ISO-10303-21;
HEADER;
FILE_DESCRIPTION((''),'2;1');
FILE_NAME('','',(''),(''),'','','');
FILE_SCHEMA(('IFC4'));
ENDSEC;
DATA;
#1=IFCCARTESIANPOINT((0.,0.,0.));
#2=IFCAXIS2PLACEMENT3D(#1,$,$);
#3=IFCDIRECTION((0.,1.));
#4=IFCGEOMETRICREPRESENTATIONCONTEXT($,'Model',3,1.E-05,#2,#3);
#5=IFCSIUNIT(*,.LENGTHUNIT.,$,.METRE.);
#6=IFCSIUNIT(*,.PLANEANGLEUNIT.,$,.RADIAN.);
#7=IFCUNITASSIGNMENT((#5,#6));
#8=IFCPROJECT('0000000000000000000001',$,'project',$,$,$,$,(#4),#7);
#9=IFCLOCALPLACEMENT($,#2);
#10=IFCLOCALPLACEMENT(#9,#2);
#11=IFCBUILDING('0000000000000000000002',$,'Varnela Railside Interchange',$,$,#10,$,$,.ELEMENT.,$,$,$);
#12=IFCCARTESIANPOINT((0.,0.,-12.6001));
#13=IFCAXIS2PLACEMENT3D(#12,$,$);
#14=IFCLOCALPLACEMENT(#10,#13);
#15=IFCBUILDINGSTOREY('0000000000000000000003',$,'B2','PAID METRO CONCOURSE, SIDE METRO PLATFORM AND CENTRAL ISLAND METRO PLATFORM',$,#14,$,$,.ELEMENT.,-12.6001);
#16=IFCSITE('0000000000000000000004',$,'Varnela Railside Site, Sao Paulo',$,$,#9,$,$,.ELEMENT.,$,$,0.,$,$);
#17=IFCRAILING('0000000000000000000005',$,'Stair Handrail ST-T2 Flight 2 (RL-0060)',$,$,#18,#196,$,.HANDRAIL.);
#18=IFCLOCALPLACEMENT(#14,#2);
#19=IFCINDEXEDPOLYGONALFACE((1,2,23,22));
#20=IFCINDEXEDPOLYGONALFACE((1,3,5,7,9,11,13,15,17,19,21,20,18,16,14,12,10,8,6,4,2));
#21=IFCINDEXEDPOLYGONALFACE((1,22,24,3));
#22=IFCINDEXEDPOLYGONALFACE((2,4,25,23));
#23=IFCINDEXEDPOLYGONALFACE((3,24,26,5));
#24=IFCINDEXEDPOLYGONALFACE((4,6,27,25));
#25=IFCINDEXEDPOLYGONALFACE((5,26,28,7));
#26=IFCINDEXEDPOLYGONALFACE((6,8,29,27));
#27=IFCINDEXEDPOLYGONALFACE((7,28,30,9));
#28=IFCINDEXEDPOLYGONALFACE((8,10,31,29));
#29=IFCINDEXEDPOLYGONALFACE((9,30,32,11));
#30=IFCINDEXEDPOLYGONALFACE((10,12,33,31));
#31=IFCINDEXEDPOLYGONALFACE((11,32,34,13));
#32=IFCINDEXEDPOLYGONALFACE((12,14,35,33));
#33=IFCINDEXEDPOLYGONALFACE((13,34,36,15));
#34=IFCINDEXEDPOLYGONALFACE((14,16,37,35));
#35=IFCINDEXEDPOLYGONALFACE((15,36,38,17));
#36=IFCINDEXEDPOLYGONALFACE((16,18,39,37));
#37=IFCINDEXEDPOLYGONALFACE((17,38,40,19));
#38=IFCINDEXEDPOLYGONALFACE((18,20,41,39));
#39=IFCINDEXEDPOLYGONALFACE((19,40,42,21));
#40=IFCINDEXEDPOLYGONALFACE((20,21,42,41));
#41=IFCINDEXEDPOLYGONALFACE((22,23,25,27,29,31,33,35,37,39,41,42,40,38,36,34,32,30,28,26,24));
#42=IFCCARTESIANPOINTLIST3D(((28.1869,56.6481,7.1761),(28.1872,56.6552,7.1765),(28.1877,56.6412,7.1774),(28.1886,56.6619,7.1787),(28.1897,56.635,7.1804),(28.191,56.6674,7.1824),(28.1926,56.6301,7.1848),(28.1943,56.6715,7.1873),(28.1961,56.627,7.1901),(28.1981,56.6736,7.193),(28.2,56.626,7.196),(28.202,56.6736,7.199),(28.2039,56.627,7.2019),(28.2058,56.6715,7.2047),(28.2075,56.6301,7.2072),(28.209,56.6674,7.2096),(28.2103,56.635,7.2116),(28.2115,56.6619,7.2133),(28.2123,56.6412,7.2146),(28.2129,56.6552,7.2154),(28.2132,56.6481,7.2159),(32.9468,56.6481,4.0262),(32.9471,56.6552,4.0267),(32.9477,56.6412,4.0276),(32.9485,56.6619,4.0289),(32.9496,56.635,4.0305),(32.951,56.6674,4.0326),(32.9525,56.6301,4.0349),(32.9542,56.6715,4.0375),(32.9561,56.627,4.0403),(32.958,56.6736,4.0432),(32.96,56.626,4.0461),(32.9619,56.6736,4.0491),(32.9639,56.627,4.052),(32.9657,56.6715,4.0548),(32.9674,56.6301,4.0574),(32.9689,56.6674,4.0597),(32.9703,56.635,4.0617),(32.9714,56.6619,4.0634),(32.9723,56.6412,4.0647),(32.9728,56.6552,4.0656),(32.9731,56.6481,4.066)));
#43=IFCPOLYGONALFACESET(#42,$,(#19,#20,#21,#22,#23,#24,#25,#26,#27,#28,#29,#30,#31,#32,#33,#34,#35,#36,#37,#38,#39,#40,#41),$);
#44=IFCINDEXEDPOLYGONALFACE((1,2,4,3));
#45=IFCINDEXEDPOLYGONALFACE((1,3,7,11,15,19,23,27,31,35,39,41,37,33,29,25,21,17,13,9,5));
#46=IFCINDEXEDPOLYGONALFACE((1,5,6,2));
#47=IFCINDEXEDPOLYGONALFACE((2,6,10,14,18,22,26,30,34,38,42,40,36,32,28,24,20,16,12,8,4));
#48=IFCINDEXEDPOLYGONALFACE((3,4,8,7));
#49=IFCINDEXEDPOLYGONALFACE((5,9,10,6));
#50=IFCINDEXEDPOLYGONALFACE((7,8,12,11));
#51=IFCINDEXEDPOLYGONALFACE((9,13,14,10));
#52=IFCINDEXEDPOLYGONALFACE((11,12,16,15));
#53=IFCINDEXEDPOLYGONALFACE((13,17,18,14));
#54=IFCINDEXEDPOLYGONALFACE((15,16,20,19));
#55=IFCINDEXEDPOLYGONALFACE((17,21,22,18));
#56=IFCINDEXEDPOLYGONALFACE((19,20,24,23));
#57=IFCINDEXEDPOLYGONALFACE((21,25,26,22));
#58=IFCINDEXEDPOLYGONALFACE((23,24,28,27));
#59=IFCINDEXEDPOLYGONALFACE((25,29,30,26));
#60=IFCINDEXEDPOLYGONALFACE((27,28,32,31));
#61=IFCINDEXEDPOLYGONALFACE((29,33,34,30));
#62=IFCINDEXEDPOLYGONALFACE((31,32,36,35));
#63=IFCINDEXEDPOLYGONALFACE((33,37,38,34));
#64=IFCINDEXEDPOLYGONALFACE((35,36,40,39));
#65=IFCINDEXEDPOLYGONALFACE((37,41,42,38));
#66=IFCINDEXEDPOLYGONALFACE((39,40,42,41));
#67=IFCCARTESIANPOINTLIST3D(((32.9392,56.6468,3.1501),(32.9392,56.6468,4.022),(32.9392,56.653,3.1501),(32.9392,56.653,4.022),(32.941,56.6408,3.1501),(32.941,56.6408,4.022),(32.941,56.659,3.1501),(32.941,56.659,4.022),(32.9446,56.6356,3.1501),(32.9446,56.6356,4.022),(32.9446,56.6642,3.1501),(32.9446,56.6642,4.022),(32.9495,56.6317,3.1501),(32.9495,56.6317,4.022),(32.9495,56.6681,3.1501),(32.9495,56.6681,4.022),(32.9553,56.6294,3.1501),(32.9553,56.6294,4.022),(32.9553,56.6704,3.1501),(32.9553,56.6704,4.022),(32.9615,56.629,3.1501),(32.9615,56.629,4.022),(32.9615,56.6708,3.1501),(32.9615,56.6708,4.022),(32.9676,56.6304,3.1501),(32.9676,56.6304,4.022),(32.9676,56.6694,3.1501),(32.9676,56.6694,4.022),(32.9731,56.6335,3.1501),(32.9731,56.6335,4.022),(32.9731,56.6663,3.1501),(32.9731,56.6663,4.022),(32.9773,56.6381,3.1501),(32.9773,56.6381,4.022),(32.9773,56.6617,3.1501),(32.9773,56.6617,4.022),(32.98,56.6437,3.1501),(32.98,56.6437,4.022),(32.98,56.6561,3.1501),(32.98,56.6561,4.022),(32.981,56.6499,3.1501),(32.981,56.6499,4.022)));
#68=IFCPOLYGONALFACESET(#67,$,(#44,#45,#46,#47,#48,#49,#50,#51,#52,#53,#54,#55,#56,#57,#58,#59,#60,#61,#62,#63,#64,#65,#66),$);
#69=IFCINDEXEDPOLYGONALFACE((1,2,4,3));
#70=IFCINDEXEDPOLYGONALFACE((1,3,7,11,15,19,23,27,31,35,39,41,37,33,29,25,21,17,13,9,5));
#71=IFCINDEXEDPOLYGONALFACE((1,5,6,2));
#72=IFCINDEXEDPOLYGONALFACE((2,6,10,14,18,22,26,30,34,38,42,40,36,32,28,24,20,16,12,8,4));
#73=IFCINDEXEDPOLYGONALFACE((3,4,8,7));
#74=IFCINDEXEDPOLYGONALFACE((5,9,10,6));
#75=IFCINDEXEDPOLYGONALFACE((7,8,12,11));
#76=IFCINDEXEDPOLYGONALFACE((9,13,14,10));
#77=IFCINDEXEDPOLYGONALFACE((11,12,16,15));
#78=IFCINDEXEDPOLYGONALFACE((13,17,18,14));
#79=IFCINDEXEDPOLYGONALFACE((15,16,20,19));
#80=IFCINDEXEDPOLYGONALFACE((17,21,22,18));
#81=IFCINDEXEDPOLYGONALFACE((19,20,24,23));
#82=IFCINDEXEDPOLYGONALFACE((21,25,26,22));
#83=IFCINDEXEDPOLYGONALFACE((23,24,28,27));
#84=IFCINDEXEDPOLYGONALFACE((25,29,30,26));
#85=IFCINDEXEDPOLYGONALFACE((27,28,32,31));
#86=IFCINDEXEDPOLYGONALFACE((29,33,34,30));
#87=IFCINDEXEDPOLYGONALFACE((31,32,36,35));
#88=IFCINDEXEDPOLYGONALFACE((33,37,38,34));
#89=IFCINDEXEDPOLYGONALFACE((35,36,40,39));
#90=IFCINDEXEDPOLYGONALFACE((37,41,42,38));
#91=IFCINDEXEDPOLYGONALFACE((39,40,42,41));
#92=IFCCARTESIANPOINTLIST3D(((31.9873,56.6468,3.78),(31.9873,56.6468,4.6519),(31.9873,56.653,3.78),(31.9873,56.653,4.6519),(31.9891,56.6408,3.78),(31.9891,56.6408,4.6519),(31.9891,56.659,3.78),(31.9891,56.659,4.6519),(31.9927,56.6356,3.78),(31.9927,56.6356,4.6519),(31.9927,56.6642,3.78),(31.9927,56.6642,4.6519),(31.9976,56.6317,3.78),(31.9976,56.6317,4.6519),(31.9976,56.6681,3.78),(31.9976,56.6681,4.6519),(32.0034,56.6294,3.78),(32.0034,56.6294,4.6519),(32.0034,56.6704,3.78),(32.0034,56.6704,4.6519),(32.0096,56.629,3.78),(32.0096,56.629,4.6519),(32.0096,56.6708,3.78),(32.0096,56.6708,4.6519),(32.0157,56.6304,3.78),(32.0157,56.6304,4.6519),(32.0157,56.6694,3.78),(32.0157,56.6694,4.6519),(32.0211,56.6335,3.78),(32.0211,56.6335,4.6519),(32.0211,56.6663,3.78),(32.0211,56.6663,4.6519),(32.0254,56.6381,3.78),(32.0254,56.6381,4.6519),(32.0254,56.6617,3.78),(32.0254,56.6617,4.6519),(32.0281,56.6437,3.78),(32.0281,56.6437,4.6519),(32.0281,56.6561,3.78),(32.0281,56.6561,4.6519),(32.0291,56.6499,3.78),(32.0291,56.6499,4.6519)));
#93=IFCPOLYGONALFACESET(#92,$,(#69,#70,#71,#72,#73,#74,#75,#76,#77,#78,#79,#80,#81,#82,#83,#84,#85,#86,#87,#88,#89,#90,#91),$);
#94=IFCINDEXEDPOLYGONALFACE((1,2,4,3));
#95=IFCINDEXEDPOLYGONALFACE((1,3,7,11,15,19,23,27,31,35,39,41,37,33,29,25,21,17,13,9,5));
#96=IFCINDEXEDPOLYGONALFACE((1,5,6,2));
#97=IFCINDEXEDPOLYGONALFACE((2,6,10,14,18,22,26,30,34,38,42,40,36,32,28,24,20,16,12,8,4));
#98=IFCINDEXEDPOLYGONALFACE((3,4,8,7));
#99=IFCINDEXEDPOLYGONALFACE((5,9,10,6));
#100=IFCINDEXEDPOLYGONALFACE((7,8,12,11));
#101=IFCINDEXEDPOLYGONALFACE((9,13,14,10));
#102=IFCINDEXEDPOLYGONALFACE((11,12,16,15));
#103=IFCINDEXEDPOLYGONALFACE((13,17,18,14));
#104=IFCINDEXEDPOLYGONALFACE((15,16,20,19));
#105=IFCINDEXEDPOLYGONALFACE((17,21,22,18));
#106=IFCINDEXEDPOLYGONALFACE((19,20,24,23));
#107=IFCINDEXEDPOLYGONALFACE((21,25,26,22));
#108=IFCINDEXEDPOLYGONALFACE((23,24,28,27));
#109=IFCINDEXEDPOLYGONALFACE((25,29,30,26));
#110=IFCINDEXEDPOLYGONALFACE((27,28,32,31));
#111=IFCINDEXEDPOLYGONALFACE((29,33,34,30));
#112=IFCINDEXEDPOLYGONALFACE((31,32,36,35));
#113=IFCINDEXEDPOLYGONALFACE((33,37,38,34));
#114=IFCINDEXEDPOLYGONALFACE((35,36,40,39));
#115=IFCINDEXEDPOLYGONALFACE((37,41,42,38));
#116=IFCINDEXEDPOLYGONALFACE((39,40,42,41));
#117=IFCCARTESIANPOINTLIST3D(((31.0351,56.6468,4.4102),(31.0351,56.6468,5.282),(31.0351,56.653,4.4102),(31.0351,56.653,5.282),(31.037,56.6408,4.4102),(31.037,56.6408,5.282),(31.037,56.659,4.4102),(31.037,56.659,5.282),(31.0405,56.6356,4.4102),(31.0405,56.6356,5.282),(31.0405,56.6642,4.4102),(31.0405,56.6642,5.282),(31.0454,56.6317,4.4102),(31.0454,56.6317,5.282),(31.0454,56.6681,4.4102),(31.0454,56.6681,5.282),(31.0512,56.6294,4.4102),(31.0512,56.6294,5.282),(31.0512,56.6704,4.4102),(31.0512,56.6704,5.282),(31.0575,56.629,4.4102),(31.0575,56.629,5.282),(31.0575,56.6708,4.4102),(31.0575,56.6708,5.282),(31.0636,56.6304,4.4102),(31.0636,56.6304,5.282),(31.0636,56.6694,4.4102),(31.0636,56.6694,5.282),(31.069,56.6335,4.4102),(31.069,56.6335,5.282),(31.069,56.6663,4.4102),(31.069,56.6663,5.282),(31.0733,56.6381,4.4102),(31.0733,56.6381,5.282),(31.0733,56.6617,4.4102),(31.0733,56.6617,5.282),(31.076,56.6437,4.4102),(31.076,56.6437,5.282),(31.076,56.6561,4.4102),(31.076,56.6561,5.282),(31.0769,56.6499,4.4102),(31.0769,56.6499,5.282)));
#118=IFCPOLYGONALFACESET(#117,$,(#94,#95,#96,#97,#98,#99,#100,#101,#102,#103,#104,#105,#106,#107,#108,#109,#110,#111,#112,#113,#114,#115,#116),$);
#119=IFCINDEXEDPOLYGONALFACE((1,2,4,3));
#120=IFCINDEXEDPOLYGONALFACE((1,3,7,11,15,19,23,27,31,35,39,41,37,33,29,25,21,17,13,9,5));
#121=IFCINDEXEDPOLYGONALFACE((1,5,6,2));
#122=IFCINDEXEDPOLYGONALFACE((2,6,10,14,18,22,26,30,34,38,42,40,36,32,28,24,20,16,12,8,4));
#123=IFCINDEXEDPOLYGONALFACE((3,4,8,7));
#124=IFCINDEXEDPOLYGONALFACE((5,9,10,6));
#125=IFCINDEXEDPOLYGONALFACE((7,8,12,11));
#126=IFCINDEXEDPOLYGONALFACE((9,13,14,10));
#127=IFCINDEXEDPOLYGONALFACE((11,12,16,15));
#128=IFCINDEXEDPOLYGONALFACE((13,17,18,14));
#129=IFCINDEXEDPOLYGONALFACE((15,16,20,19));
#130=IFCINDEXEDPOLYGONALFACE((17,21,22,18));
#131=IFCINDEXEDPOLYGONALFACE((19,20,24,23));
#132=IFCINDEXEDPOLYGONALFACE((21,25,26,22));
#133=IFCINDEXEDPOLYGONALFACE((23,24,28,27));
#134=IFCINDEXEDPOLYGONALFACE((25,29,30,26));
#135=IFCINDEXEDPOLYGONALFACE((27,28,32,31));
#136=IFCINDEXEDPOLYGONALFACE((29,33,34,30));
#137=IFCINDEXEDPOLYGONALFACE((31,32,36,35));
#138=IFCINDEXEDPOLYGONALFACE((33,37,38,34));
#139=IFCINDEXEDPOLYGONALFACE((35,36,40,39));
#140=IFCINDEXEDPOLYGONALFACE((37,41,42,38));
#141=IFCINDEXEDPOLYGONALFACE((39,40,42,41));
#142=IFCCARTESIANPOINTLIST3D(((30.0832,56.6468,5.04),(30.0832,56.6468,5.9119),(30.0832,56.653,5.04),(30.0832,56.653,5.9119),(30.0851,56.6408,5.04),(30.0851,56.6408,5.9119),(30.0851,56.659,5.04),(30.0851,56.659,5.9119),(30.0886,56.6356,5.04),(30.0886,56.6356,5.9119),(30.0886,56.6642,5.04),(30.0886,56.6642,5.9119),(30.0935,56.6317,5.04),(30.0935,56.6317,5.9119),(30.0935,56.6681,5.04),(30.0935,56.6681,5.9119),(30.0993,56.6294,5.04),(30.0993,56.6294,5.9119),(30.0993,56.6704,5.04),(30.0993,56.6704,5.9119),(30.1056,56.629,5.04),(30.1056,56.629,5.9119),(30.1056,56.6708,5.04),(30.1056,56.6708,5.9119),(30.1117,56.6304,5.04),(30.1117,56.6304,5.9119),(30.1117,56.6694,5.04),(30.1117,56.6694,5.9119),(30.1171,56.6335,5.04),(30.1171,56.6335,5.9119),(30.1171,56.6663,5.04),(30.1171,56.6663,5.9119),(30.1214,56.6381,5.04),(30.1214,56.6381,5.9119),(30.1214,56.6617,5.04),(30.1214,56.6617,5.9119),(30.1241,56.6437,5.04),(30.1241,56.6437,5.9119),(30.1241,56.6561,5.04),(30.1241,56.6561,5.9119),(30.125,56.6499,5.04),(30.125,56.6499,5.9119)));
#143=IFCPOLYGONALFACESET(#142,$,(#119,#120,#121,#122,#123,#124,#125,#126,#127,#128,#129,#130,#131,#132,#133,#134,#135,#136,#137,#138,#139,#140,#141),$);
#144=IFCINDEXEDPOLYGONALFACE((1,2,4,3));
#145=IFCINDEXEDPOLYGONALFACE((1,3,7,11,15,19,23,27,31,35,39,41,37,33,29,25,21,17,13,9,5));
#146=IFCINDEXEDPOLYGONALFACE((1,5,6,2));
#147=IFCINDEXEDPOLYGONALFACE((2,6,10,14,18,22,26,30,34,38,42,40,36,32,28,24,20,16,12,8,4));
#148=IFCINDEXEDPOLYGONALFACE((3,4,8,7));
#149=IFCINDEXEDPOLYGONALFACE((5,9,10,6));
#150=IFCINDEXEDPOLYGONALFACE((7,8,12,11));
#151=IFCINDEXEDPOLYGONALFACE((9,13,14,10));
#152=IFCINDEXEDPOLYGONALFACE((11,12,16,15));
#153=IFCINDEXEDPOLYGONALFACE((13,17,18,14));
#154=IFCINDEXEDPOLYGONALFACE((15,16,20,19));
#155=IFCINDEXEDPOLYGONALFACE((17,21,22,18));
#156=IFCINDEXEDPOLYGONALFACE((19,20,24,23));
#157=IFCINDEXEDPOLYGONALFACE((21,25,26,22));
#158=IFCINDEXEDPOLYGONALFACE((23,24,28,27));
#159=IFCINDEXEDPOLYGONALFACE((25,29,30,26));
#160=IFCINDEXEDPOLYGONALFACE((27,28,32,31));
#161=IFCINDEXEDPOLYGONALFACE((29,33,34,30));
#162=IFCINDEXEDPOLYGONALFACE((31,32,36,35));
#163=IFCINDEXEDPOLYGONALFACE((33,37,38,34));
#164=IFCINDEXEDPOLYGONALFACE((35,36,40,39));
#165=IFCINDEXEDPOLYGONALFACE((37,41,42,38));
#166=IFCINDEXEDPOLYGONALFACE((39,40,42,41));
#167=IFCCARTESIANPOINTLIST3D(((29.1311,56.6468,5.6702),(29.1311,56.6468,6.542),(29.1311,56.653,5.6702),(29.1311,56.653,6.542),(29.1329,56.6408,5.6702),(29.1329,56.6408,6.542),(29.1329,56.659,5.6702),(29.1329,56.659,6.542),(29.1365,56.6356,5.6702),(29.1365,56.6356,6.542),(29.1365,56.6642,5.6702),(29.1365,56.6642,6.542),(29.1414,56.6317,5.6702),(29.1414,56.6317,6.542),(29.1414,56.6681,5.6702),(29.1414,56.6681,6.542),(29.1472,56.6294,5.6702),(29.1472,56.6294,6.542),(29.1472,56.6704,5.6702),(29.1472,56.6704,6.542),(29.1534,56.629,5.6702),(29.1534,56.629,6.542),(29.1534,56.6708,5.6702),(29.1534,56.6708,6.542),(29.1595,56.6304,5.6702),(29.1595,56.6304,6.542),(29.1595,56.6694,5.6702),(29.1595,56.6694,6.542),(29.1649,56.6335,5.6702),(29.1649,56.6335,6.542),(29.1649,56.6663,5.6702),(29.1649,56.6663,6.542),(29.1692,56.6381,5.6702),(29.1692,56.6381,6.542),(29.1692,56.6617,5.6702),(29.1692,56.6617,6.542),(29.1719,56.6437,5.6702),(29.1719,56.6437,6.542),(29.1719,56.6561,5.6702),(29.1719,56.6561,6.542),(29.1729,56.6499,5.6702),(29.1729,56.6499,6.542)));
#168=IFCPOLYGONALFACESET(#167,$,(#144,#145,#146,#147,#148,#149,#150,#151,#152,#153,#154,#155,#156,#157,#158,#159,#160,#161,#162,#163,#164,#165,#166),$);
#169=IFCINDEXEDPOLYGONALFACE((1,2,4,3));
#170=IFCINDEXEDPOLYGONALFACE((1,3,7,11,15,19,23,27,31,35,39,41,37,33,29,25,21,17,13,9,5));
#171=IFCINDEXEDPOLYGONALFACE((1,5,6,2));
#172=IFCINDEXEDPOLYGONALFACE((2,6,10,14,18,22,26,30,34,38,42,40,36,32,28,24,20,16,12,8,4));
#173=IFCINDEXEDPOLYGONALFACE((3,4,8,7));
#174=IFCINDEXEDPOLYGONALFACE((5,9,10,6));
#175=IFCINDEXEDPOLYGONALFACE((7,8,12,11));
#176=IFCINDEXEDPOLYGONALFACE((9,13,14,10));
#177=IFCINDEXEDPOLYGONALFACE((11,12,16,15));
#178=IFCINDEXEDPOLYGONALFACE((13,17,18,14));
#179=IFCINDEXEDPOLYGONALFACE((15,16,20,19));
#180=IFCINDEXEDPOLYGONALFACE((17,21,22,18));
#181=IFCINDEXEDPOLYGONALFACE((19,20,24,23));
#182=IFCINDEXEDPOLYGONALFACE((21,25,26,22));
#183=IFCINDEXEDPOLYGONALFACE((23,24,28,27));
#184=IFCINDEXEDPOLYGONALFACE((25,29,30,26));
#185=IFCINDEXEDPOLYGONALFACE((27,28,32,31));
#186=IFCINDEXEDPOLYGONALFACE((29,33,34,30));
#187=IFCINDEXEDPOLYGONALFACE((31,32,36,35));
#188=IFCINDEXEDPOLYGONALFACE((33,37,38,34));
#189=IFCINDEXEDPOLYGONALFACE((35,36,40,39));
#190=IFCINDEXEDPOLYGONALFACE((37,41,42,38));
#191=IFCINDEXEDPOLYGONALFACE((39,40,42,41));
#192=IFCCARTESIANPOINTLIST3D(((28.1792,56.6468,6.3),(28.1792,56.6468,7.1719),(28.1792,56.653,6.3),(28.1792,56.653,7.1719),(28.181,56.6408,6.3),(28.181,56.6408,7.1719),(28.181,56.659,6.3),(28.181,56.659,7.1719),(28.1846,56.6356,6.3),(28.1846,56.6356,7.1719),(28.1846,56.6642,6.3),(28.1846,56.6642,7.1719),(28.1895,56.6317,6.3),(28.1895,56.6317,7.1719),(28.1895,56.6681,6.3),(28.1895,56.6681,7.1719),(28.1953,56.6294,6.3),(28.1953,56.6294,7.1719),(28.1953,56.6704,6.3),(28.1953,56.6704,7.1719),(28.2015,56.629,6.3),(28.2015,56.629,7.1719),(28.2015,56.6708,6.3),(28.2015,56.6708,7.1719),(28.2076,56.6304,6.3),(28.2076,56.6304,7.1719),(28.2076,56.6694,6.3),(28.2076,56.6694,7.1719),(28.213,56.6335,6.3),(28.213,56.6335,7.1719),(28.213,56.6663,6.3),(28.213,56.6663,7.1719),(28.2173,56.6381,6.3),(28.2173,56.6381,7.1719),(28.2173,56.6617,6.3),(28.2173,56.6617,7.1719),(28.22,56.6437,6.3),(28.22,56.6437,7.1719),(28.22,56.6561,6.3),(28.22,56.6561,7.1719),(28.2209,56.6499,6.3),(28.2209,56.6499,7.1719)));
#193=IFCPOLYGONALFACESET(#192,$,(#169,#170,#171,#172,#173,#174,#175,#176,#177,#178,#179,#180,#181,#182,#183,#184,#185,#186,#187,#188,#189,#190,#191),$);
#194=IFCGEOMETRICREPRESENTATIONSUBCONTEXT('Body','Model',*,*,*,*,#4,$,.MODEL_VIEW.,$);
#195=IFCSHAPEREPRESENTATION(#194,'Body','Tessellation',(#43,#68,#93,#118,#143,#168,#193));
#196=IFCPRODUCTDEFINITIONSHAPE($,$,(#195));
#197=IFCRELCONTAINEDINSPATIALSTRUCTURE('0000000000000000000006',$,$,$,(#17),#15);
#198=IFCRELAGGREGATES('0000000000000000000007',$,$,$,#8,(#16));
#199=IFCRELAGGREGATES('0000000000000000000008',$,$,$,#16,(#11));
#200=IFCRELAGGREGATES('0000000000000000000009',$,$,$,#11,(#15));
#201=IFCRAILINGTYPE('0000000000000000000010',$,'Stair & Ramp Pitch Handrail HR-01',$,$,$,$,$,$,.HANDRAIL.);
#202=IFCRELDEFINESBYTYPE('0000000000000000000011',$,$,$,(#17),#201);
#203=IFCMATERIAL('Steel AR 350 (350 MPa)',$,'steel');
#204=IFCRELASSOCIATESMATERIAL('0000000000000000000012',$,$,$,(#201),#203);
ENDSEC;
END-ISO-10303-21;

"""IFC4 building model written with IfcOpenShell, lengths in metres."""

from ifc_helpers import new_model, si_unit, direction, frame, origin, origin_2d, place, context, subcontext, project, spatial, circle, extrude, material, type_object, element, save


model = new_model("IFC4")

# Units and contexts
model_context = context("Model", 3, precision=1e-05, world=origin(), true_north=direction((0.0, 1.0)))
body_context = subcontext(model_context, "Body", "Model", "MODEL_VIEW")
ifc_project = project(units=[si_unit("LENGTHUNIT", "METRE"), si_unit("PLANEANGLEUNIT", "RADIAN")], contexts=[model_context])

# Site, building, storey
site_placement = place(None, origin())
site = spatial("IfcSite", under=ifc_project, at=site_placement, Name="Varnela Railside Site, Sao Paulo", CompositionType="ELEMENT", RefElevation=0.0)
building_placement = place(site_placement, origin())
building = spatial("IfcBuilding", under=site, at=building_placement, Name="Varnela Railside Interchange", CompositionType="ELEMENT")
storey_placement = place(building_placement, frame((0.0, 0.0, -12.6001)))
storey = spatial("IfcBuildingStorey", under=building, at=storey_placement, Name="B2", Description="PAID METRO CONCOURSE, SIDE METRO PLATFORM AND CENTRAL ISLAND METRO PLATFORM", CompositionType="ELEMENT", Elevation=-12.6001)

# Shared definitions
ifc_material_1 = material(Name="Steel AR 350 (350 MPa)", Category="steel")

# Railing
railing_type_1 = type_object("IfcRailingType", Name="Stair & Ramp Pitch Handrail HR-01", PredefinedType="HANDRAIL", material=ifc_material_1)
railing_1_placement = place(storey_placement, frame((32.96, 56.6499, 3.1501)))
element("IfcRailing", 1, at=railing_1_placement, inside=storey, type_object=railing_type_1, Name="Stair Handrail ST-T2 Flight 2 (RL-0060)", PredefinedType="HANDRAIL", context=body_context, shape_type="SweptSolid", body=[
    extrude(circle(Radius=0.0239, at=origin_2d()), frame((0.0, 0.0, 0.896), z_axis=(-0.833941, 0.0, 0.551854), x_axis=(0.0, -1.0, 0.0)), (0.0, 0.0, 1.0), 5.7078),
    extrude(circle(Radius=0.021, at=origin_2d()), origin(), (0.0, 0.0, 1.0), 0.8718),
    extrude(circle(Radius=0.021, at=origin_2d()), frame((-0.9519, 0.0, 0.6299)), (0.0, 0.0, 1.0), 0.8718),
    extrude(circle(Radius=0.021, at=origin_2d()), frame((-1.9041, 0.0, 1.26)), (0.0, 0.0, 1.0), 0.8718),
    extrude(circle(Radius=0.021, at=origin_2d()), frame((-2.856, 0.0, 1.8899)), (0.0, 0.0, 1.0), 0.8718),
    extrude(circle(Radius=0.021, at=origin_2d()), frame((-3.8081, 0.0, 2.52)), (0.0, 0.0, 1.0), 0.8718),
    extrude(circle(Radius=0.021, at=origin_2d()), frame((-4.76, 0.0, 3.1499)), (0.0, 0.0, 1.0), 0.8718),
])

save(model, "model.ifc")
